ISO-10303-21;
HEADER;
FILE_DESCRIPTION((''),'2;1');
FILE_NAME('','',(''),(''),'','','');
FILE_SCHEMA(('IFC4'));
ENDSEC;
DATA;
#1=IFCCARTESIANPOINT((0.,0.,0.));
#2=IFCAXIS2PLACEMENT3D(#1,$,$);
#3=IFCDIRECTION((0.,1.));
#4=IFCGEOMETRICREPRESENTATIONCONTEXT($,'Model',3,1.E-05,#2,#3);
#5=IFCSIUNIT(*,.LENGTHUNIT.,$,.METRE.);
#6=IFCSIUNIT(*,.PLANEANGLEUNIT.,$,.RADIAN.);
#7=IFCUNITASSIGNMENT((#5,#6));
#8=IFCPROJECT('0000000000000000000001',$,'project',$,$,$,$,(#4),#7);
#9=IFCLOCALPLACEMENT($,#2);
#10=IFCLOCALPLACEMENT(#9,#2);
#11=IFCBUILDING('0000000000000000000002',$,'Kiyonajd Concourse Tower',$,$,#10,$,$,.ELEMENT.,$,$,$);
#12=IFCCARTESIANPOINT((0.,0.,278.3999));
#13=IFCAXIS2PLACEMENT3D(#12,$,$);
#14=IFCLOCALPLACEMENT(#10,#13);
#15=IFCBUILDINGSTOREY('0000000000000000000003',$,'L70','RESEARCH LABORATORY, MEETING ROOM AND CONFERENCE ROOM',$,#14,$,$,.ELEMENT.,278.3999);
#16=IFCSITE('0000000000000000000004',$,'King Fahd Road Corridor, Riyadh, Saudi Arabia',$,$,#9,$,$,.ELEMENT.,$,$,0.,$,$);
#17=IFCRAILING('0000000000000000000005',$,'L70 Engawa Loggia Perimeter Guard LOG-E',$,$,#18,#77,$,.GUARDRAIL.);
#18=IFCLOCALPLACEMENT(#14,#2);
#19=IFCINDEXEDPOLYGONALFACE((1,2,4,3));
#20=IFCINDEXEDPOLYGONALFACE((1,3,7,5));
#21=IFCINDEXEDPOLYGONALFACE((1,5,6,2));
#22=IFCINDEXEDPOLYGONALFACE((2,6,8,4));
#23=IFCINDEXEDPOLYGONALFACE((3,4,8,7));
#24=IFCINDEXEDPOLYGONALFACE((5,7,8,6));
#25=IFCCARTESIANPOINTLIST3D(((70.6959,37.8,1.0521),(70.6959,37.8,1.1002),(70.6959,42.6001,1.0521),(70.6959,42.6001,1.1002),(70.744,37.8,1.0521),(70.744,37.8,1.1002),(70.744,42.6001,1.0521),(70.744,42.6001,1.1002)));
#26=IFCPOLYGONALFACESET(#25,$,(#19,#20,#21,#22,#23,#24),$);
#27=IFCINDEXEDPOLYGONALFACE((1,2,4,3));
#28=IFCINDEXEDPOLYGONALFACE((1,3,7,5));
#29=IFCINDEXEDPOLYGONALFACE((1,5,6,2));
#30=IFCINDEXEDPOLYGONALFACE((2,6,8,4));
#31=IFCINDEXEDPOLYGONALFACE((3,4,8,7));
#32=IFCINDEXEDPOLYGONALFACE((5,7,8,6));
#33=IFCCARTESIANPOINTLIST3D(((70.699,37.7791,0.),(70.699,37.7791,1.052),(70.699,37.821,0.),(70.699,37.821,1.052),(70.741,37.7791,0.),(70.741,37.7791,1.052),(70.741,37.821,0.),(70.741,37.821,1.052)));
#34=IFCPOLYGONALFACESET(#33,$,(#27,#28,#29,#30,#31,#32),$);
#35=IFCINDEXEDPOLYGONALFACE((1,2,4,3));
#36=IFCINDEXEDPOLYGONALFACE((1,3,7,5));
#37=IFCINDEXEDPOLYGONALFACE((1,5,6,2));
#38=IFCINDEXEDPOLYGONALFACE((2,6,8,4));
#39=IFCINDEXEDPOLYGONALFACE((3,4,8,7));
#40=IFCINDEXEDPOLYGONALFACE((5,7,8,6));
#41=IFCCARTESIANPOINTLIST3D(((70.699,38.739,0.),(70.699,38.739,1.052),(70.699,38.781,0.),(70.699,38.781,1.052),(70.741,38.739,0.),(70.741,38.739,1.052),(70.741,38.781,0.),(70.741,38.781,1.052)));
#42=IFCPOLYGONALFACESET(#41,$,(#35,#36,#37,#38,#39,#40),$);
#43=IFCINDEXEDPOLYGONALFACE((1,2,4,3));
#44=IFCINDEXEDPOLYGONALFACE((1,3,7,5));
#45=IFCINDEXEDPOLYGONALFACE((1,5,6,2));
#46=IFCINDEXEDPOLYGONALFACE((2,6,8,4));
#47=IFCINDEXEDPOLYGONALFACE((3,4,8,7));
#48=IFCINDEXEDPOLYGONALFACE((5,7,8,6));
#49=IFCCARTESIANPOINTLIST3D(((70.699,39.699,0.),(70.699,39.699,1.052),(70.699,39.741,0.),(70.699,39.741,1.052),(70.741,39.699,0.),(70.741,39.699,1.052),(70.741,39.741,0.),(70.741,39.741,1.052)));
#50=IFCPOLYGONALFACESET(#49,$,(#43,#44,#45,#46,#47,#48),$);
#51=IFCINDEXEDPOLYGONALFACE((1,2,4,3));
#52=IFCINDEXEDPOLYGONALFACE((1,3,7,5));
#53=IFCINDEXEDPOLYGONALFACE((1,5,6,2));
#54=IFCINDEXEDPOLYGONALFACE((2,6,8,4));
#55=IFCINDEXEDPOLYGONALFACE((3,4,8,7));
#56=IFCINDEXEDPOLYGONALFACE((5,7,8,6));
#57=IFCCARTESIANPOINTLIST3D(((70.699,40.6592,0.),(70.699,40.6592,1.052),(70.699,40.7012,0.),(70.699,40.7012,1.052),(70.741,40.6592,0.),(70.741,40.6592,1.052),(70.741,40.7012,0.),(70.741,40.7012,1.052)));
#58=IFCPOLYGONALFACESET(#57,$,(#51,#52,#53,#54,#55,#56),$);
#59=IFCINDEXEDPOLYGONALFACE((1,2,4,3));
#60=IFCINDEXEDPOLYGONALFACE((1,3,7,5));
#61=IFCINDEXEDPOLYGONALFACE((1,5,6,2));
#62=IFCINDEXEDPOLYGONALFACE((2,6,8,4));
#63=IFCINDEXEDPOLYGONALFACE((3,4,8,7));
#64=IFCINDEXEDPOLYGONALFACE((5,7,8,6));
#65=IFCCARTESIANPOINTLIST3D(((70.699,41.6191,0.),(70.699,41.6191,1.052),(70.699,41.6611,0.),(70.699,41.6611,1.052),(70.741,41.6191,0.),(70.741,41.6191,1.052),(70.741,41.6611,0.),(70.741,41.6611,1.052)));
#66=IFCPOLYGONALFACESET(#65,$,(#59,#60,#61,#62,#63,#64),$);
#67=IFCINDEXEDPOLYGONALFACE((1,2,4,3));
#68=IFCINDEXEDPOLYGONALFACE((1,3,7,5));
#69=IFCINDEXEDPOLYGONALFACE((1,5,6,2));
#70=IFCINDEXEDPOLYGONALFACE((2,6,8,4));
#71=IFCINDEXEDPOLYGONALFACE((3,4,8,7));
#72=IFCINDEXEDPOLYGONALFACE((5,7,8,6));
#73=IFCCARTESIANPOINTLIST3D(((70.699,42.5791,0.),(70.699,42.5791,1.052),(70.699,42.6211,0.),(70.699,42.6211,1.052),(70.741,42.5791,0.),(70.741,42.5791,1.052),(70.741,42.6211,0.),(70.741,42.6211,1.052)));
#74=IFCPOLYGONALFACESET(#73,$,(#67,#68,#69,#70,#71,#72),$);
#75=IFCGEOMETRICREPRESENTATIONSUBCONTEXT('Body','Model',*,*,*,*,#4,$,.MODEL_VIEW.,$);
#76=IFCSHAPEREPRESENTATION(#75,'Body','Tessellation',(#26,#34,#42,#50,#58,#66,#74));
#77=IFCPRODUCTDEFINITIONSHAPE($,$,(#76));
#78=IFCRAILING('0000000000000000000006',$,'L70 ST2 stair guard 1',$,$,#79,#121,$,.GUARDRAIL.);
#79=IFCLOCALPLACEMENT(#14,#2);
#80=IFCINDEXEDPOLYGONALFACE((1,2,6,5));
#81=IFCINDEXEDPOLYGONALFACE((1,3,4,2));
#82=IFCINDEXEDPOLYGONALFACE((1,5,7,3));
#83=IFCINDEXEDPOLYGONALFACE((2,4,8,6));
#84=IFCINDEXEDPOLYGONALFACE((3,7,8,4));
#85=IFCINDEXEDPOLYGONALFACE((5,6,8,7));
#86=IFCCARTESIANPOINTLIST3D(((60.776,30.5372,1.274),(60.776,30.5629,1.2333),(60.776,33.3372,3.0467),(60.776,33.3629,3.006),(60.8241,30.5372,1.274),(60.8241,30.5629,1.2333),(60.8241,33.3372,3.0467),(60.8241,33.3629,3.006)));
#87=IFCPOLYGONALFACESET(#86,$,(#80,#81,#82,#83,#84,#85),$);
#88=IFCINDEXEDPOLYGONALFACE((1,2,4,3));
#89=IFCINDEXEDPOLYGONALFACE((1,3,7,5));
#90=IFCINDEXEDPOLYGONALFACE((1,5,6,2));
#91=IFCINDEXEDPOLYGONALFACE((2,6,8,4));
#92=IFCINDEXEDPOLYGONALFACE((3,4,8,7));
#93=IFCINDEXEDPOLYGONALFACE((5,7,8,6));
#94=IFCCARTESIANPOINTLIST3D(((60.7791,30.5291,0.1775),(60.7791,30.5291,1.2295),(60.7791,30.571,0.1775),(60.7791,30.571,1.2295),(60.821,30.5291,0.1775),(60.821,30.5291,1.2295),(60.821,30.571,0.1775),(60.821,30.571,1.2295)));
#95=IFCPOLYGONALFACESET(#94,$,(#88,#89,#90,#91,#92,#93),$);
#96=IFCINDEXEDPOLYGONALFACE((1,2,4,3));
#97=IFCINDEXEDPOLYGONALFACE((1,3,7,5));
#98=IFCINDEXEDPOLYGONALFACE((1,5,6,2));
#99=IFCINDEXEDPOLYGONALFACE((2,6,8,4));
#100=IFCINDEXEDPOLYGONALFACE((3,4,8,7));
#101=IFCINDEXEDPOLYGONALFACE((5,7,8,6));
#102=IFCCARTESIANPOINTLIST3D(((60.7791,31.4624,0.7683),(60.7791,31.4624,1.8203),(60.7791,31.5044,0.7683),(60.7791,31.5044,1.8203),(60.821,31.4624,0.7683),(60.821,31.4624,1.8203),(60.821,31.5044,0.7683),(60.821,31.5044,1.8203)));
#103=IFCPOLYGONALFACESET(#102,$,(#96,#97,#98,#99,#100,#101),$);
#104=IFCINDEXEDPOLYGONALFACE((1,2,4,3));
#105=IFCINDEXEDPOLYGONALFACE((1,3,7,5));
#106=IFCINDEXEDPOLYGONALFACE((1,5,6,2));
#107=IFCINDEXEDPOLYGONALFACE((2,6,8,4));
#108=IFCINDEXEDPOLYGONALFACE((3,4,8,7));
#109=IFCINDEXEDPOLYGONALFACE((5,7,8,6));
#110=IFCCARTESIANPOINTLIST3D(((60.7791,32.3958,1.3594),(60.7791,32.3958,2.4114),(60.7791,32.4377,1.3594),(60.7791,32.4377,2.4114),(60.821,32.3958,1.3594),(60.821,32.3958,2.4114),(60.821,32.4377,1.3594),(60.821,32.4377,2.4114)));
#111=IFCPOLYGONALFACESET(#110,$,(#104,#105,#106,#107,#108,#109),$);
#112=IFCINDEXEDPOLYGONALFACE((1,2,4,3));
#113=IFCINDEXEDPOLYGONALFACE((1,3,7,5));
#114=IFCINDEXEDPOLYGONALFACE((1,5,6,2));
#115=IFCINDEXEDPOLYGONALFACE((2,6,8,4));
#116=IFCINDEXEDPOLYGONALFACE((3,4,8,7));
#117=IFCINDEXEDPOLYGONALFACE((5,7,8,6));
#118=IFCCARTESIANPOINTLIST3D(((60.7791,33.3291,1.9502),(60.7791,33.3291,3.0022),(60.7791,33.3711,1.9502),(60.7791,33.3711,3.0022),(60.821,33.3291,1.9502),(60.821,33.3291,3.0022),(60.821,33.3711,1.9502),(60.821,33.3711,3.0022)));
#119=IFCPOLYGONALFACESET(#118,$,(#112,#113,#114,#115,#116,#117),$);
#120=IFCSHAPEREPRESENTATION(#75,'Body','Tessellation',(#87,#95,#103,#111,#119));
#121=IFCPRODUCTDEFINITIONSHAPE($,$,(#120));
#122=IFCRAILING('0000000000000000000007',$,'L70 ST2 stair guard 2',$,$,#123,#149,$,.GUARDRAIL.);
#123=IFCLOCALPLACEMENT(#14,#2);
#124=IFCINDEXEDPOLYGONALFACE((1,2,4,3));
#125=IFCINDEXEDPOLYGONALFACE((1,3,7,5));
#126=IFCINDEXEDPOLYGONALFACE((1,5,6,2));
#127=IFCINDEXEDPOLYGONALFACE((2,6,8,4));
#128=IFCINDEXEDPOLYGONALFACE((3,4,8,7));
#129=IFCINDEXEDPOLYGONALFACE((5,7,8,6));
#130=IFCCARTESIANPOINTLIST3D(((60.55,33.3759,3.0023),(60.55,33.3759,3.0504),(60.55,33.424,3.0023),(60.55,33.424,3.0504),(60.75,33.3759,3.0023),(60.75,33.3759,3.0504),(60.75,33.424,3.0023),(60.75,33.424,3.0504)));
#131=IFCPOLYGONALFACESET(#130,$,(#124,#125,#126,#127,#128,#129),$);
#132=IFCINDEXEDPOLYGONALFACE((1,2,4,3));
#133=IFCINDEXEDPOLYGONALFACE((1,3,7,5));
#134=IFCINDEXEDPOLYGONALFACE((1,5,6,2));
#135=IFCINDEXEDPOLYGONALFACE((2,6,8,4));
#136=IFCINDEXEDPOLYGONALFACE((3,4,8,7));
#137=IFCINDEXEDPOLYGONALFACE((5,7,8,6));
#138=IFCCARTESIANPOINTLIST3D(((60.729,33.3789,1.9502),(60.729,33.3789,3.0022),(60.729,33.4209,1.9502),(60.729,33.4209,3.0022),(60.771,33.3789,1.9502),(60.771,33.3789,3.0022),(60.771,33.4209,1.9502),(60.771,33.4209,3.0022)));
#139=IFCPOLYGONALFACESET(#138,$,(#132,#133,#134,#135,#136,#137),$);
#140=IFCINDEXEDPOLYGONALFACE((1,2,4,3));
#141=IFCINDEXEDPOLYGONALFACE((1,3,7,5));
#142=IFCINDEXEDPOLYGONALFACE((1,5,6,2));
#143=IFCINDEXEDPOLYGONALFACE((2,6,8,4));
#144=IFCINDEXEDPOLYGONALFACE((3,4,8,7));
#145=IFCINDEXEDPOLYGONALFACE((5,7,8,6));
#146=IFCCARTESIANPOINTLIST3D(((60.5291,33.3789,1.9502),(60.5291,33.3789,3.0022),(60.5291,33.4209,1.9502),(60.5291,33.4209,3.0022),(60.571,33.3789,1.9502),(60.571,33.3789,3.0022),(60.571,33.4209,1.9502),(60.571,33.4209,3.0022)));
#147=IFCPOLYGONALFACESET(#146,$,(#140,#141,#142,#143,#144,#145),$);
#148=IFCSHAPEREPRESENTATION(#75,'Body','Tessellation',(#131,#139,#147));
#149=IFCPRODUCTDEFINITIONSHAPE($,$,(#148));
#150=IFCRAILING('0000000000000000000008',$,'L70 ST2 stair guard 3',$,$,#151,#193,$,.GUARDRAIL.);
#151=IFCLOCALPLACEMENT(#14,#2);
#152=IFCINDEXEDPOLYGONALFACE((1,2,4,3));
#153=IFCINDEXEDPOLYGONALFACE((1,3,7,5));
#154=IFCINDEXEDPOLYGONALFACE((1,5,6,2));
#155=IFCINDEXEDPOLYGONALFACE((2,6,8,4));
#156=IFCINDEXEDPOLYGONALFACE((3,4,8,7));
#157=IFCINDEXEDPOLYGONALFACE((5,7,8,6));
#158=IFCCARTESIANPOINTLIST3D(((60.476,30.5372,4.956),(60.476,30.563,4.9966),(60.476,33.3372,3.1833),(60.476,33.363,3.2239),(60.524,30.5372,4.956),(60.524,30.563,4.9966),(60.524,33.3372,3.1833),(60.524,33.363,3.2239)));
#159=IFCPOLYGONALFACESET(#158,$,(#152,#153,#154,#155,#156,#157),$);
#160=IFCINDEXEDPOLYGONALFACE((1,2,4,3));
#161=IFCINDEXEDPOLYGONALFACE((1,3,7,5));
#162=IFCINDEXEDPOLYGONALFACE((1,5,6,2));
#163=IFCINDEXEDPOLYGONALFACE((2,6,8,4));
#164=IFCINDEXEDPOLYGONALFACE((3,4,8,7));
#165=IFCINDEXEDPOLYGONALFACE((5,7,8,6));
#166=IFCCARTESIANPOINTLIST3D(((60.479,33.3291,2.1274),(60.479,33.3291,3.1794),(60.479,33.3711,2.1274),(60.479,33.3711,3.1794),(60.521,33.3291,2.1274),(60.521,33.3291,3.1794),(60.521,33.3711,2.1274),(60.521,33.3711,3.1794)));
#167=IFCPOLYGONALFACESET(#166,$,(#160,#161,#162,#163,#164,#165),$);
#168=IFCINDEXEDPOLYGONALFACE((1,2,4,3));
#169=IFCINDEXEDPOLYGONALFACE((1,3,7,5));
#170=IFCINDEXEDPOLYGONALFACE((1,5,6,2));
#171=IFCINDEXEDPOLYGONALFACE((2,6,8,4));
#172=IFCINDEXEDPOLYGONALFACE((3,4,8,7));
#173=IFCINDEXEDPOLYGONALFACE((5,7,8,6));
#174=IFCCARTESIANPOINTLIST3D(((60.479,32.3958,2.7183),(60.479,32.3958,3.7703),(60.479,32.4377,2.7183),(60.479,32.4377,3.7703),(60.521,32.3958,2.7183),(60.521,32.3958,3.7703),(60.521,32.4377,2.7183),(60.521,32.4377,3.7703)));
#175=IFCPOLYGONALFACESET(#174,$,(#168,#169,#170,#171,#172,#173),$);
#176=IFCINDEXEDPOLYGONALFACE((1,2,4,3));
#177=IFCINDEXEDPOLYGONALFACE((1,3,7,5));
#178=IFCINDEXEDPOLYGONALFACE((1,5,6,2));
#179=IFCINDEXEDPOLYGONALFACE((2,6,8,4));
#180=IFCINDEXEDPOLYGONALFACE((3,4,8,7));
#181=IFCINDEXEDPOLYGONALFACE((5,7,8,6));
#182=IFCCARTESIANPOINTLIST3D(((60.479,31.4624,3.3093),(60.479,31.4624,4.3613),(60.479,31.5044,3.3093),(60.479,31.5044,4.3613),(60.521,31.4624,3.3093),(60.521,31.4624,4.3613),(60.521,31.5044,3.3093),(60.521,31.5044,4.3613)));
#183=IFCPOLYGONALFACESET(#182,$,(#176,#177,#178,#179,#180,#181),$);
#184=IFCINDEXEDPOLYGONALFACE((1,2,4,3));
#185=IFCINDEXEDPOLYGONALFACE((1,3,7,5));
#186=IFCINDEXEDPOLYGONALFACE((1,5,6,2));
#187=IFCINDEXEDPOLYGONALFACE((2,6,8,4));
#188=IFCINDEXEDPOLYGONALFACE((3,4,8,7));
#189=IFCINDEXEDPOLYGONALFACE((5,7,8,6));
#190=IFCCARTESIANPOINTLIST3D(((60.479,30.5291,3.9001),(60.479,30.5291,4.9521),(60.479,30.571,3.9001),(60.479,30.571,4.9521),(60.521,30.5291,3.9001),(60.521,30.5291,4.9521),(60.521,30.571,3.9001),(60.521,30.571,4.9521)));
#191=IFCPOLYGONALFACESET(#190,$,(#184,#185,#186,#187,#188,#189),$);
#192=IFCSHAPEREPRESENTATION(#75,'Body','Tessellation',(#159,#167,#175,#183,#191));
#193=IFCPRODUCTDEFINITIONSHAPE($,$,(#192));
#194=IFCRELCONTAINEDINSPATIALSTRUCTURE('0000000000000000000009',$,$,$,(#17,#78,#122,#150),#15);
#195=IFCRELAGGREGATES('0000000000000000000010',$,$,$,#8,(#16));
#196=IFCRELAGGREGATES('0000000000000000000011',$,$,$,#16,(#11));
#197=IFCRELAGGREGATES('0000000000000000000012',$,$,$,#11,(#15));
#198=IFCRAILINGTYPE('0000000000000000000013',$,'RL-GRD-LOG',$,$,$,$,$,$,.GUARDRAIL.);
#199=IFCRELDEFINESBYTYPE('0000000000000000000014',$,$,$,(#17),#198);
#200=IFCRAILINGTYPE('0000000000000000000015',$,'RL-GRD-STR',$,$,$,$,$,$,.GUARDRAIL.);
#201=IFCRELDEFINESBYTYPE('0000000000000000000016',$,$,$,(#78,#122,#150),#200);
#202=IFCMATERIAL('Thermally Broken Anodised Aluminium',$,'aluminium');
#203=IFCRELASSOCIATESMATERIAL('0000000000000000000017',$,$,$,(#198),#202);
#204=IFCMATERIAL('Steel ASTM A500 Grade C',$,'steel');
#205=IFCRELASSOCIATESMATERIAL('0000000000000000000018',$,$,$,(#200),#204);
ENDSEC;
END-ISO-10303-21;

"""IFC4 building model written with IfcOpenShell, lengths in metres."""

from ifc_helpers import new_model, si_unit, direction, frame, origin, origin_2d, place, context, subcontext, project, spatial, rectangle, extrude, material, type_object, element, save


model = new_model("IFC4")

# Units and contexts
model_context = context("Model", 3, precision=1e-05, world=origin(), true_north=direction((0.0, 1.0)))
body_context = subcontext(model_context, "Body", "Model", "MODEL_VIEW")
ifc_project = project(units=[si_unit("LENGTHUNIT", "METRE"), si_unit("PLANEANGLEUNIT", "RADIAN")], contexts=[model_context])

# Site, building, storey
site_placement = place(None, origin())
site = spatial("IfcSite", under=ifc_project, at=site_placement, Name="King Fahd Road Corridor, Riyadh, Saudi Arabia", CompositionType="ELEMENT", RefElevation=0.0)
building_placement = place(site_placement, origin())
building = spatial("IfcBuilding", under=site, at=building_placement, Name="Kiyonajd Concourse Tower", CompositionType="ELEMENT")
storey_placement = place(building_placement, frame((0.0, 0.0, 278.3999)))
storey = spatial("IfcBuildingStorey", under=building, at=storey_placement, Name="L70", Description="RESEARCH LABORATORY, MEETING ROOM AND CONFERENCE ROOM", CompositionType="ELEMENT", Elevation=278.3999)

# Shared definitions
ifc_material_1 = material(Name="Thermally Broken Anodised Aluminium", Category="aluminium")

# Railings
railing_type_1 = type_object("IfcRailingType", Name="RL-GRD-LOG", PredefinedType="GUARDRAIL", material=ifc_material_1)
railing_1_placement = place(storey_placement, frame((70.72, 37.8, 0.0)))
element("IfcRailing", 1, at=railing_1_placement, inside=storey, type_object=railing_type_1, Name="L70 Engawa Loggia Perimeter Guard LOG-E", PredefinedType="GUARDRAIL", context=body_context, shape_type="SweptSolid", body=[
    extrude(rectangle(XDim=0.0481, YDim=0.0481, at=origin_2d()), frame((0.0, 0.0, 1.0762), z_axis=(0.0, 1.0, 0.0), x_axis=(-1.0, 0.0, 0.0)), (0.0, 0.0, 1.0), 4.8),
    extrude(rectangle(XDim=0.042, YDim=0.042, at=origin_2d()), origin(), (0.0, 0.0, 1.0), 1.052),
    extrude(rectangle(XDim=0.042, YDim=0.042, at=origin_2d()), frame((0.0, 0.96, 0.0)), (0.0, 0.0, 1.0), 1.052),
    extrude(rectangle(XDim=0.042, YDim=0.042, at=origin_2d()), frame((0.0, 1.9199, 0.0)), (0.0, 0.0, 1.0), 1.052),
    extrude(rectangle(XDim=0.042, YDim=0.042, at=origin_2d()), frame((0.0, 2.8801, 0.0)), (0.0, 0.0, 1.0), 1.052),
    extrude(rectangle(XDim=0.042, YDim=0.042, at=origin_2d()), frame((0.0, 3.8401, 0.0)), (0.0, 0.0, 1.0), 1.052),
    extrude(rectangle(XDim=0.042, YDim=0.042, at=origin_2d()), frame((0.0, 4.8, 0.0)), (0.0, 0.0, 1.0), 1.052),
])
ifc_material_2 = material(Name="Steel ASTM A500 Grade C", Category="steel")
railing_type_2 = type_object("IfcRailingType", Name="RL-GRD-STR", PredefinedType="GUARDRAIL", material=ifc_material_2)
railing_2_placement = place(storey_placement, frame((60.8, 30.55, 0.1775)))
element("IfcRailing", 2, at=railing_2_placement, inside=storey, type_object=railing_type_2, Name="L70 ST2 stair guard 1", PredefinedType="GUARDRAIL", context=body_context, shape_type="SweptSolid", body=[
    extrude(rectangle(XDim=0.0481, YDim=0.0481, at=origin_2d()), frame((0.0, 0.0, 1.0762), z_axis=(0.0, 0.844909, 0.53491), x_axis=(-1.0, 0.0, 0.0)), (0.0, 0.0, 1.0), 3.314),
    extrude(rectangle(XDim=0.042, YDim=0.042, at=origin_2d()), origin(), (0.0, 0.0, 1.0), 1.052),
    extrude(rectangle(XDim=0.042, YDim=0.042, at=origin_2d()), frame((0.0, 0.9333, 0.5908)), (0.0, 0.0, 1.0), 1.052),
    extrude(rectangle(XDim=0.042, YDim=0.042, at=origin_2d()), frame((0.0, 1.8667, 1.1819)), (0.0, 0.0, 1.0), 1.052),
    extrude(rectangle(XDim=0.042, YDim=0.042, at=origin_2d()), frame((0.0, 2.8, 1.7727)), (0.0, 0.0, 1.0), 1.052),
])
railing_3_placement = place(storey_placement, frame((60.75, 33.3999, 1.9502)))
element("IfcRailing", 3, at=railing_3_placement, inside=storey, type_object=railing_type_2, Name="L70 ST2 stair guard 2", PredefinedType="GUARDRAIL", context=body_context, shape_type="SweptSolid", body=[
    extrude(rectangle(XDim=0.0481, YDim=0.0481, at=origin_2d()), frame((0.0, 0.0, 1.0762), z_axis=(-1.0, 0.0, 0.0), x_axis=(0.0, -1.0, 0.0)), (0.0, 0.0, 1.0), 0.2),
    extrude(rectangle(XDim=0.042, YDim=0.042, at=origin_2d()), origin(), (0.0, 0.0, 1.0), 1.052),
    extrude(rectangle(XDim=0.042, YDim=0.042, at=origin_2d()), frame((-0.2, 0.0, 0.0)), (0.0, 0.0, 1.0), 1.052),
])
railing_4_placement = place(storey_placement, frame((60.5, 33.3501, 2.1274)))
element("IfcRailing", 4, at=railing_4_placement, inside=storey, type_object=railing_type_2, Name="L70 ST2 stair guard 3", PredefinedType="GUARDRAIL", context=body_context, shape_type="SweptSolid", body=[
    extrude(rectangle(XDim=0.0481, YDim=0.0481, at=origin_2d()), frame((0.0, 0.0, 1.0762), z_axis=(0.0, -0.844909, 0.53491), x_axis=(1.0, 0.0, 0.0)), (0.0, 0.0, 1.0), 3.314),
    extrude(rectangle(XDim=0.042, YDim=0.042, at=origin_2d()), origin(), (0.0, 0.0, 1.0), 1.052),
    extrude(rectangle(XDim=0.042, YDim=0.042, at=origin_2d()), frame((0.0, -0.9333, 0.5908)), (0.0, 0.0, 1.0), 1.052),
    extrude(rectangle(XDim=0.042, YDim=0.042, at=origin_2d()), frame((0.0, -1.8667, 1.1819)), (0.0, 0.0, 1.0), 1.052),
    extrude(rectangle(XDim=0.042, YDim=0.042, at=origin_2d()), frame((0.0, -2.8, 1.7727)), (0.0, 0.0, 1.0), 1.052),
])

save(model, "model.ifc")
